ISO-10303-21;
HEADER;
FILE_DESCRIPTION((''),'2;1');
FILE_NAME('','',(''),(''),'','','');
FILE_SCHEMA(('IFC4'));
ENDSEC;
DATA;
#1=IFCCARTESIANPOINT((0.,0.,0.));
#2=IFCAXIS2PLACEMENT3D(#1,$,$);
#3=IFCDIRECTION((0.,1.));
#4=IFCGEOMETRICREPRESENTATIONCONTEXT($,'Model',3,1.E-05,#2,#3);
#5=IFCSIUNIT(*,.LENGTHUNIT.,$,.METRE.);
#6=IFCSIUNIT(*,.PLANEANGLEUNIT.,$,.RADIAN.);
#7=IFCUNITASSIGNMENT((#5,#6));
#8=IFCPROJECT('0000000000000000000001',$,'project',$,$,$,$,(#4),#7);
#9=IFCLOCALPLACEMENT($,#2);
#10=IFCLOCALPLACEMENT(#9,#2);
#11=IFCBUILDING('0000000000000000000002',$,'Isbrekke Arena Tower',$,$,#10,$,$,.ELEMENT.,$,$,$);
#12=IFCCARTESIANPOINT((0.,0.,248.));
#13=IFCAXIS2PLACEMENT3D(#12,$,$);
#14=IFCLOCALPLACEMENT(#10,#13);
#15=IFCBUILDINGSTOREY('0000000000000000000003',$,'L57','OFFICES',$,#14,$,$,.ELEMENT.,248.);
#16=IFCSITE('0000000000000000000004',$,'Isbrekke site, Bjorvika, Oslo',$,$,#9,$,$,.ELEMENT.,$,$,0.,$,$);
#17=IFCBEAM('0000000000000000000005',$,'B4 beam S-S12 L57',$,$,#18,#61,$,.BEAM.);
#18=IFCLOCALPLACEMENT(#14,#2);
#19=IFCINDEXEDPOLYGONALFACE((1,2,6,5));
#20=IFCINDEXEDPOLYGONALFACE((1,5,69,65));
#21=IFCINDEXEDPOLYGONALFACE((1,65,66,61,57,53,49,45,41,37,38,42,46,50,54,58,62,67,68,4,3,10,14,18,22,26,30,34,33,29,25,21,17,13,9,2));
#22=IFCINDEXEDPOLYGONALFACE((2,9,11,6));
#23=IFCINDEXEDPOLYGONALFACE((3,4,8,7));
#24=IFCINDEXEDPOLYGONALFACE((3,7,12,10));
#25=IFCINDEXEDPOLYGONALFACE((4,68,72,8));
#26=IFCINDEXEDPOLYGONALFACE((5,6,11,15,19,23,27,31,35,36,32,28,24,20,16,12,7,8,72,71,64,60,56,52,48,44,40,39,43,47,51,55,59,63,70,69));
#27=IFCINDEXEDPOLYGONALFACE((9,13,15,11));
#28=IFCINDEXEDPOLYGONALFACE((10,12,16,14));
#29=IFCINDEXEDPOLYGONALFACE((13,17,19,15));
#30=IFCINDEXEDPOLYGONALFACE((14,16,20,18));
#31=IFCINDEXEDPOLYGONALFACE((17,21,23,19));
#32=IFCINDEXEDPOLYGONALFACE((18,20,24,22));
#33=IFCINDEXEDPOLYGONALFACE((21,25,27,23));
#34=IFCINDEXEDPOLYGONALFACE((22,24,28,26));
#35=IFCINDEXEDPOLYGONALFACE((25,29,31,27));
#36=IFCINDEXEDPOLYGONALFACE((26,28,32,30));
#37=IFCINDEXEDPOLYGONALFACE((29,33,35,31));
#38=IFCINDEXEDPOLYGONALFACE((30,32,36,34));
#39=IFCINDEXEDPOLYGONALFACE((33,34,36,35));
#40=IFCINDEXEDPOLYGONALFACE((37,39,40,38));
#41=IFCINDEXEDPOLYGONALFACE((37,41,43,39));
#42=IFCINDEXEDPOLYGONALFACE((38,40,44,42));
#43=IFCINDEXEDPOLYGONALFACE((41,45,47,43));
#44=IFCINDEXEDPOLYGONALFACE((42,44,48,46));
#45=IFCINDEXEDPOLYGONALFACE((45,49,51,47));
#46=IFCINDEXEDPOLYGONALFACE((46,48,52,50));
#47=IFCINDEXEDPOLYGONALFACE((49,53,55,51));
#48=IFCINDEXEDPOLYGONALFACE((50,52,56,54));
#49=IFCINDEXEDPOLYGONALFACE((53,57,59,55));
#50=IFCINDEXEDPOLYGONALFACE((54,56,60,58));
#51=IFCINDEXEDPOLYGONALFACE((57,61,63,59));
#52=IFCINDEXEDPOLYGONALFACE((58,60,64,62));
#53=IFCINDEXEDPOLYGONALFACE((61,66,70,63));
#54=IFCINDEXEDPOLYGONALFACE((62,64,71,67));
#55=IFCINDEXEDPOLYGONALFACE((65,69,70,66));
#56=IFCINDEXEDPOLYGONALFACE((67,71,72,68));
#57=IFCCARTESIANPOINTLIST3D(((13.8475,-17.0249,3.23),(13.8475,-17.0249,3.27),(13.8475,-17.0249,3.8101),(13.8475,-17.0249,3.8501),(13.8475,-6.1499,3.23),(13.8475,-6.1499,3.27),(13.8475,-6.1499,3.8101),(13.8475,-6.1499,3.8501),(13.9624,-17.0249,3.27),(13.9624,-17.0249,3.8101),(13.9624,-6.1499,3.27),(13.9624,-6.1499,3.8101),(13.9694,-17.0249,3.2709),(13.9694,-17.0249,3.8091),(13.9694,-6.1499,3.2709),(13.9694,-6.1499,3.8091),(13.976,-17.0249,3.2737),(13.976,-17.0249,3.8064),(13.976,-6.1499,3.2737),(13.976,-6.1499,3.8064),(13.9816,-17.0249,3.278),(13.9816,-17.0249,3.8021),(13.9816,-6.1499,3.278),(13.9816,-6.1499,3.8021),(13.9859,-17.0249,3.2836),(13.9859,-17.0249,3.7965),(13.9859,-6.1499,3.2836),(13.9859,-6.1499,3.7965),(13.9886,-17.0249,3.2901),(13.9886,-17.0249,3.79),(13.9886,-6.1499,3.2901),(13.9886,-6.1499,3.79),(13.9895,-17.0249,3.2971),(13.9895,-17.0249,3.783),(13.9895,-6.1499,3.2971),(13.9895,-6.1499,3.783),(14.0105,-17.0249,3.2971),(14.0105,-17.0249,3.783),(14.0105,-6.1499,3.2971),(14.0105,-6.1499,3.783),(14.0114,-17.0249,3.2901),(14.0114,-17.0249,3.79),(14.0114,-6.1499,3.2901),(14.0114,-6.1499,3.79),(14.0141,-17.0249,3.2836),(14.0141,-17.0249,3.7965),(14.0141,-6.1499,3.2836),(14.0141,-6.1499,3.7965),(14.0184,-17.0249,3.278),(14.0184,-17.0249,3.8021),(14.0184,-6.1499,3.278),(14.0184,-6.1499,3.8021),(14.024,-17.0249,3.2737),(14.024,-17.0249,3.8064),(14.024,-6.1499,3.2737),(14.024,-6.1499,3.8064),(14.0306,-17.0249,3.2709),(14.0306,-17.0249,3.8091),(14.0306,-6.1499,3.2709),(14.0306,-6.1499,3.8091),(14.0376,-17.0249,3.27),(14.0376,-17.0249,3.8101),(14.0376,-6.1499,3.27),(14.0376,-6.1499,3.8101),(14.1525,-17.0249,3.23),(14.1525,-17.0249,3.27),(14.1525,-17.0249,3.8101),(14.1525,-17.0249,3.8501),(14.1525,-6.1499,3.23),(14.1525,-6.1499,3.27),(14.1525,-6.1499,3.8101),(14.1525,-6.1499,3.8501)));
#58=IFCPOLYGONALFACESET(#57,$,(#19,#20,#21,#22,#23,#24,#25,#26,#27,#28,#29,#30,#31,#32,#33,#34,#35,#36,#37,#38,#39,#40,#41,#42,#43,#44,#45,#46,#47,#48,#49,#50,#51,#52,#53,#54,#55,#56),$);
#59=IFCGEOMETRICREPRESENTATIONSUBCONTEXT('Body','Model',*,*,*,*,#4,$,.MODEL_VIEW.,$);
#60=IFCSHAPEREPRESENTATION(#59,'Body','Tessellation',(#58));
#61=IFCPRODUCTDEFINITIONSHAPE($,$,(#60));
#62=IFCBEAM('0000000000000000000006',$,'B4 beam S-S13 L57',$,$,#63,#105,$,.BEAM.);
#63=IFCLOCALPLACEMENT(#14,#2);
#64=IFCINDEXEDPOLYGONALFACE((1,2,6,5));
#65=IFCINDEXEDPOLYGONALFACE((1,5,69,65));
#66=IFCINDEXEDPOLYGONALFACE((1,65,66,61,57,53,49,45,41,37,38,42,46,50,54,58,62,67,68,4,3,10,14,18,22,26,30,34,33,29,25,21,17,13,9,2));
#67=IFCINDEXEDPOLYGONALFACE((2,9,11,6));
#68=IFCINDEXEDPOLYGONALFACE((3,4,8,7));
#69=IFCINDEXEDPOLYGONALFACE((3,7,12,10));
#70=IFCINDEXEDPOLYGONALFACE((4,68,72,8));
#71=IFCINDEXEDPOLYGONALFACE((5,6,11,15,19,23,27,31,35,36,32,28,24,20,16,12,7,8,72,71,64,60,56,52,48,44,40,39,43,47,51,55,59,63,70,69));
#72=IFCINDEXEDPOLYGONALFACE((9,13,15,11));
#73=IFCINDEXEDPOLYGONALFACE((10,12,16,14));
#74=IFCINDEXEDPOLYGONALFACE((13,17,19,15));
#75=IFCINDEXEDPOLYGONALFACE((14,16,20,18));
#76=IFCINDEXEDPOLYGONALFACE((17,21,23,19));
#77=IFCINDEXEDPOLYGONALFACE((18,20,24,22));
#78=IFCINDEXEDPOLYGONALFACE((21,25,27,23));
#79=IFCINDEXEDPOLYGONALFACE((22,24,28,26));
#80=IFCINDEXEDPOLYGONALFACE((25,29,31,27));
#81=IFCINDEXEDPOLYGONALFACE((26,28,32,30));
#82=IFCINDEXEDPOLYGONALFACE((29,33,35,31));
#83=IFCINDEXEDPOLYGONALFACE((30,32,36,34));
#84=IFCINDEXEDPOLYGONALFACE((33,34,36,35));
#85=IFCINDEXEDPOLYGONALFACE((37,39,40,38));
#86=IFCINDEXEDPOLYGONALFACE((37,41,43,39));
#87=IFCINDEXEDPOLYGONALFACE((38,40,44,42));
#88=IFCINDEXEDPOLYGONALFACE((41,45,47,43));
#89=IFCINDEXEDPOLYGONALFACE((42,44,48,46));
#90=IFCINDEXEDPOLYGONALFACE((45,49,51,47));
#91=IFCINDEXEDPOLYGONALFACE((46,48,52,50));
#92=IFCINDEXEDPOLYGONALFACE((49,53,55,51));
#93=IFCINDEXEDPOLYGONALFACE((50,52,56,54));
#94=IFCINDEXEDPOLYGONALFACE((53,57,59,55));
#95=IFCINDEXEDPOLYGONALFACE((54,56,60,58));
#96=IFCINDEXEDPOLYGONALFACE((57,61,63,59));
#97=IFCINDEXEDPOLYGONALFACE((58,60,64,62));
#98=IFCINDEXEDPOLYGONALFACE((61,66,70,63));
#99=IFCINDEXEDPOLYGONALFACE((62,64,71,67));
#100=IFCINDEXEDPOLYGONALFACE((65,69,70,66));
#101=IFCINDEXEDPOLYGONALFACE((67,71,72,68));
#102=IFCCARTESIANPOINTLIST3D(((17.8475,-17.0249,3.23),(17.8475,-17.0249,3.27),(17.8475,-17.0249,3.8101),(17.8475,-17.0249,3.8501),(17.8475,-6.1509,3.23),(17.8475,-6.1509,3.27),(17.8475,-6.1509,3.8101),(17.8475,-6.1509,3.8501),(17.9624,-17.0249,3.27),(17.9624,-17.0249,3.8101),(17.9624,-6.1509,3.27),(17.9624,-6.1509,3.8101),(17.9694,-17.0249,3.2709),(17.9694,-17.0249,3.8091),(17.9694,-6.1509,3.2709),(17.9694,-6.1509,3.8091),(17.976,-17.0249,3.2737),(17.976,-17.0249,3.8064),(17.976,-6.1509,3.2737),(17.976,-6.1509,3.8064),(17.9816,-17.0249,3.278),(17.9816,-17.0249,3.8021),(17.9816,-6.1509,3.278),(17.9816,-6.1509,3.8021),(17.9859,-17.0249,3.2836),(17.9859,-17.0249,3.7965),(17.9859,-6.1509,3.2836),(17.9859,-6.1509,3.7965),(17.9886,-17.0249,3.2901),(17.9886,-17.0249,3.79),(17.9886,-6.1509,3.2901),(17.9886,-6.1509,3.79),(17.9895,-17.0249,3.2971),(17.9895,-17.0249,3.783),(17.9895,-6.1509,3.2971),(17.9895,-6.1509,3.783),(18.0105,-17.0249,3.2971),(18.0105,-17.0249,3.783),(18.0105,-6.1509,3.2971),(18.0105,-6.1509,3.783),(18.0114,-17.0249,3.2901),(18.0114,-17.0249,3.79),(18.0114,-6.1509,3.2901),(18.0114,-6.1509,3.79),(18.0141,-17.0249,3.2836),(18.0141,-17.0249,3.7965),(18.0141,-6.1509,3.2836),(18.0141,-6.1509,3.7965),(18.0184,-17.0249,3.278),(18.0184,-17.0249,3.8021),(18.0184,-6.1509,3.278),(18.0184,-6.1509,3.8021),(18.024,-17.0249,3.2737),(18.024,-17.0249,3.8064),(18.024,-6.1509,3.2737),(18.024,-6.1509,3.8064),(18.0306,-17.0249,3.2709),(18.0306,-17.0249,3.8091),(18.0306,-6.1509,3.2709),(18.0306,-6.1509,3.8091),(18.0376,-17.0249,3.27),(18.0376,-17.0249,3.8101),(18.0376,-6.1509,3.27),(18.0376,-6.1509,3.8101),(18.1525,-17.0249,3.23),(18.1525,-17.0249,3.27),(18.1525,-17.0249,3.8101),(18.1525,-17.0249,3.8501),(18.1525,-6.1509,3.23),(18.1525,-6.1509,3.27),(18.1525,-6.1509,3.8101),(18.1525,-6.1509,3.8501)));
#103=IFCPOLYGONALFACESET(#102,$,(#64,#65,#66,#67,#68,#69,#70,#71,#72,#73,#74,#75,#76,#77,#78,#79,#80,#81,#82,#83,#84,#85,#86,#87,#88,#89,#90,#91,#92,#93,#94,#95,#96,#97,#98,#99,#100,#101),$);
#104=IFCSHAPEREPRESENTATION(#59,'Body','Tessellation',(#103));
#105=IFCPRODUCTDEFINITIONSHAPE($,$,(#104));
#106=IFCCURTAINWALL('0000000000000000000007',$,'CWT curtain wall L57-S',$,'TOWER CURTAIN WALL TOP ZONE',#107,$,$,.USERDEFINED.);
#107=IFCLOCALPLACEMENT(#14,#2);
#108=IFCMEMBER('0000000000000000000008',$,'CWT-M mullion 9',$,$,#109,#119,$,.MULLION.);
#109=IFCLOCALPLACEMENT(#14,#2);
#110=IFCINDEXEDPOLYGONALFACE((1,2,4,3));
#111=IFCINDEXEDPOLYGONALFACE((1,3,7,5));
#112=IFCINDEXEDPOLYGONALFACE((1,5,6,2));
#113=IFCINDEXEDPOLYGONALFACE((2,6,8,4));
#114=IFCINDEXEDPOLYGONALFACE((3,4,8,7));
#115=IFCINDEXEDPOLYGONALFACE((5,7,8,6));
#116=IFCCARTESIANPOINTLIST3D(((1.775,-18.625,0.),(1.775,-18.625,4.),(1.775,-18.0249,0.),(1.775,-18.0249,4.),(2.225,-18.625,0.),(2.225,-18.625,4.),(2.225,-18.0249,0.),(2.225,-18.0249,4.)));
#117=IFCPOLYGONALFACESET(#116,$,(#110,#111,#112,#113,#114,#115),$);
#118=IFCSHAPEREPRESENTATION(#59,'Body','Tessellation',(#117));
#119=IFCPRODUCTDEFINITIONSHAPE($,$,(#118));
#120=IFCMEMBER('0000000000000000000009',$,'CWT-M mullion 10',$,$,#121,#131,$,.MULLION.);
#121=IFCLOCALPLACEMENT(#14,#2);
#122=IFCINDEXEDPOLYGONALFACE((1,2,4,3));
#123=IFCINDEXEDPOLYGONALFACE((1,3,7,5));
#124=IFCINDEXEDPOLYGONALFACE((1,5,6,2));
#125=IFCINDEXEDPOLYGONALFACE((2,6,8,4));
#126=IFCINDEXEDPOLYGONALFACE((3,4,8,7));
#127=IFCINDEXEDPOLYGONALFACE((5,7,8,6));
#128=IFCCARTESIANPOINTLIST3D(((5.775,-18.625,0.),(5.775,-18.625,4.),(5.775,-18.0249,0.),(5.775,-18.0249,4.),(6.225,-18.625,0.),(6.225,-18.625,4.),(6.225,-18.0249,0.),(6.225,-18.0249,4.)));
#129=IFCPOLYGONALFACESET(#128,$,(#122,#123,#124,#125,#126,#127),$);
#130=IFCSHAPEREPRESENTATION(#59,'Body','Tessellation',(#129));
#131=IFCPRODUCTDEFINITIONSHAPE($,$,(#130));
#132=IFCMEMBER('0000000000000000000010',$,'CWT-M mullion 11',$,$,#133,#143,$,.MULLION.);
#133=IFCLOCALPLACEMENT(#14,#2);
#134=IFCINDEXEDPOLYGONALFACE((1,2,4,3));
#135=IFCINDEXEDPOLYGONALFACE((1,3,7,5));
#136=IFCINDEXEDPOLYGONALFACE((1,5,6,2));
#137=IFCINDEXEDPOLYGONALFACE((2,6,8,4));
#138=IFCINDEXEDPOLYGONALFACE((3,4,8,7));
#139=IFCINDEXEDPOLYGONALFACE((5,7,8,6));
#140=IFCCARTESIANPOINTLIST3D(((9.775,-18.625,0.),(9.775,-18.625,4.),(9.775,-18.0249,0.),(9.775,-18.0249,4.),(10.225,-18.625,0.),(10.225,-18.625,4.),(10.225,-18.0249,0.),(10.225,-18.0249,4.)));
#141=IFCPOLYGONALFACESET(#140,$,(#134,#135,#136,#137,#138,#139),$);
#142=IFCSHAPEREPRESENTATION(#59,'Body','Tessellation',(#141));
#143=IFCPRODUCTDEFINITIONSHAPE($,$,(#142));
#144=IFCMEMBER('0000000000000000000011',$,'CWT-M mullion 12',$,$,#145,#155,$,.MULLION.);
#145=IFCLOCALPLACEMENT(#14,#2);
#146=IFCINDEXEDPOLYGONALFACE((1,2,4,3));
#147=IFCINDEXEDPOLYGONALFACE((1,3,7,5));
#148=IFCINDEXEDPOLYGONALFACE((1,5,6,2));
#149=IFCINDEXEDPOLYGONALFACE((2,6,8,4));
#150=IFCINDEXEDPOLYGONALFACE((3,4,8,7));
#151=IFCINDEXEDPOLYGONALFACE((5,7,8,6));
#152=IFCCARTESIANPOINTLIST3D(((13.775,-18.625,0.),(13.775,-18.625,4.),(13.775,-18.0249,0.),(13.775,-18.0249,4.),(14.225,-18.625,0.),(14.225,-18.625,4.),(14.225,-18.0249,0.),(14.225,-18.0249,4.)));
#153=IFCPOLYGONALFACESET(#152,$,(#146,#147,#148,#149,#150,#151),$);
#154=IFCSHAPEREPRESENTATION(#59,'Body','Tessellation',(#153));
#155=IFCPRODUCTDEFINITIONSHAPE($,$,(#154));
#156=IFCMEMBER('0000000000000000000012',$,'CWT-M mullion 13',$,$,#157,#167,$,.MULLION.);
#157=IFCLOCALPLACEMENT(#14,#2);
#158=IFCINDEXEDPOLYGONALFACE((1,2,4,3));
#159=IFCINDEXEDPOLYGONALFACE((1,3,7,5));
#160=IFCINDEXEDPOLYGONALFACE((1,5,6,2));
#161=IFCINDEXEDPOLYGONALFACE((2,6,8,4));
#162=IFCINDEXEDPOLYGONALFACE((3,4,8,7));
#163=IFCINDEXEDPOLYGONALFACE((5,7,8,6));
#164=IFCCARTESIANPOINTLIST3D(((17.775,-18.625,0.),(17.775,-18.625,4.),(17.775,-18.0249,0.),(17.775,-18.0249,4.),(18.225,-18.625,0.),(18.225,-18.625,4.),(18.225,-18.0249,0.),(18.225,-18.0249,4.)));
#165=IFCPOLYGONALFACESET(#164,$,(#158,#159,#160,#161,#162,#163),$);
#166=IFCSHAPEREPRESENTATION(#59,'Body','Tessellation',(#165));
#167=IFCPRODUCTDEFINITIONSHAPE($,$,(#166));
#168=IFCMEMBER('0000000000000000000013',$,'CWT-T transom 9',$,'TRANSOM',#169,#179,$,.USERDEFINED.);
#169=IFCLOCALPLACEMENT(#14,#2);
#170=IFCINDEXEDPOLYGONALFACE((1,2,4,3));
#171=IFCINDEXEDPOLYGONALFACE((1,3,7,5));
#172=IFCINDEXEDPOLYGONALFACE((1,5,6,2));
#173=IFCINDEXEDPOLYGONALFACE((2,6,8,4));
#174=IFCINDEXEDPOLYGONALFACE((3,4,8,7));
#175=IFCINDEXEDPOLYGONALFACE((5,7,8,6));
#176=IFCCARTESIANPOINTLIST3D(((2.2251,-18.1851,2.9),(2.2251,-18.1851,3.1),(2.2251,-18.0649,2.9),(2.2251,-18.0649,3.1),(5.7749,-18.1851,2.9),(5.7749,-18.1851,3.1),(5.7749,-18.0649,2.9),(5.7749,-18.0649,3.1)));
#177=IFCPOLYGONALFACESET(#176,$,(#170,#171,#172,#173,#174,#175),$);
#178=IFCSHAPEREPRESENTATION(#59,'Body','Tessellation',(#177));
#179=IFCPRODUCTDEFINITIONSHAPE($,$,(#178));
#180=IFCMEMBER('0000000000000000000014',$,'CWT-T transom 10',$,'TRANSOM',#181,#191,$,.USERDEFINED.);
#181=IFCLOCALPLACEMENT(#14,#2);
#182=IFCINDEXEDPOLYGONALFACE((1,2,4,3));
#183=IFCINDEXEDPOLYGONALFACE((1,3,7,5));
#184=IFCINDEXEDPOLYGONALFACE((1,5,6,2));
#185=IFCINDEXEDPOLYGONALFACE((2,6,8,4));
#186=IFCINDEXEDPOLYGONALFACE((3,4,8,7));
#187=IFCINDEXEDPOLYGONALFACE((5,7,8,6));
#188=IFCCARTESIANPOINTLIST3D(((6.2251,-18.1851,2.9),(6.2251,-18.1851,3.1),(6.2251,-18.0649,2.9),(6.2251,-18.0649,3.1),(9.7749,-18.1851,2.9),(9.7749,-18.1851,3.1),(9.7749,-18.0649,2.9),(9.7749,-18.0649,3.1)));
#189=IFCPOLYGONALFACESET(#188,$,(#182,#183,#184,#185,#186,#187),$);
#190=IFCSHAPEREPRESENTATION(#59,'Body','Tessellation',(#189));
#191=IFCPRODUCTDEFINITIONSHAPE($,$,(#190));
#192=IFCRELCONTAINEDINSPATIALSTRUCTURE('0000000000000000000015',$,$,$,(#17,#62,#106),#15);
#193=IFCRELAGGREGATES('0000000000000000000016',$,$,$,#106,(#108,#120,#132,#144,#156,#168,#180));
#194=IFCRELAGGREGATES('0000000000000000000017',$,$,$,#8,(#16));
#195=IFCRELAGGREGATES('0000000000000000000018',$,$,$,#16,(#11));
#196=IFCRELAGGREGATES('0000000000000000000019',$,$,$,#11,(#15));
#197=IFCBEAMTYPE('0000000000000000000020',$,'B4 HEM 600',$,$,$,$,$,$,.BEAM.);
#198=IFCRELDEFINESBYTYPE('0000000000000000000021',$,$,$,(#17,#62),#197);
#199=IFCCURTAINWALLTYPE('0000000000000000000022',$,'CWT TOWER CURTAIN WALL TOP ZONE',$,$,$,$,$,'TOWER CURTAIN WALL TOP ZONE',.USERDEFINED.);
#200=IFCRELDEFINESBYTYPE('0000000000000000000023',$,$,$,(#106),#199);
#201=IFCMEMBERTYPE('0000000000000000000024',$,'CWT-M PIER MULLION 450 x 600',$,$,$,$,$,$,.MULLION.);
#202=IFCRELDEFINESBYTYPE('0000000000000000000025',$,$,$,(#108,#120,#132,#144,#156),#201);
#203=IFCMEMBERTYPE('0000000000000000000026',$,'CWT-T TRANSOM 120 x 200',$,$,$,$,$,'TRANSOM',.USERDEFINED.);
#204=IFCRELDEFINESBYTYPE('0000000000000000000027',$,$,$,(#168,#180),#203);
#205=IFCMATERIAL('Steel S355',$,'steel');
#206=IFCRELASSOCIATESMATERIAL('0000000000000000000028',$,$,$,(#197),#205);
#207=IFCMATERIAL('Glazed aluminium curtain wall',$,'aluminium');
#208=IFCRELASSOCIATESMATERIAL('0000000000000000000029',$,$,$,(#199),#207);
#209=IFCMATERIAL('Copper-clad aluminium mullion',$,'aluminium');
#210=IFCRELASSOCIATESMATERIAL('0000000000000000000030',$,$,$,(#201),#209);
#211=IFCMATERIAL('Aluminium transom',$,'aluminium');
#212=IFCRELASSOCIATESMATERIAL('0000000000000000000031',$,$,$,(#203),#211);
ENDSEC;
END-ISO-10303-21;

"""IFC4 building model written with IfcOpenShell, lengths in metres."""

from ifc_helpers import new_model, si_unit, direction, frame, origin, origin_2d, place, context, subcontext, project, spatial, rectangle, i_section, extrude, material, material_profile, profile_set, type_object, element, aggregate, save


model = new_model("IFC4")

# Units and contexts
model_context = context("Model", 3, precision=1e-05, world=origin(), true_north=direction((0.0, 1.0)))
body_context = subcontext(model_context, "Body", "Model", "MODEL_VIEW")
ifc_project = project(units=[si_unit("LENGTHUNIT", "METRE"), si_unit("PLANEANGLEUNIT", "RADIAN")], contexts=[model_context])

# Site, building, storey
site_placement = place(None, origin())
site = spatial("IfcSite", under=ifc_project, at=site_placement, Name="Isbrekke site, Bjorvika, Oslo", CompositionType="ELEMENT", RefElevation=0.0)
building_placement = place(site_placement, origin())
building = spatial("IfcBuilding", under=site, at=building_placement, Name="Isbrekke Arena Tower", CompositionType="ELEMENT")
storey_placement = place(building_placement, frame((0.0, 0.0, 248.0)))
storey = spatial("IfcBuildingStorey", under=building, at=storey_placement, Name="L57", Description="OFFICES", CompositionType="ELEMENT", Elevation=248.0)

# Beams
ifc_material_1 = material(Name="Steel S355", Category="steel")
ifc_material_profile_1 = material_profile(ifc_material_1, i_section(OverallWidth=0.3049, OverallDepth=0.6201, WebThickness=0.021, FlangeThickness=0.04, FilletRadius=0.0271, at=origin_2d()), Name="HEM 600")
ifc_profile_set_1 = profile_set([ifc_material_profile_1], Name="Steel S355")
beam_type_1 = type_object("IfcBeamType", Name="B4 HEM 600", PredefinedType="BEAM", material=ifc_profile_set_1)
beam_1_placement = place(storey_placement, frame((14.0, -17.0249, 3.54), z_axis=(0.0, 1.0, 0.0), x_axis=(-1.0, 0.0, 0.0)))
element("IfcBeam", 1, at=beam_1_placement, inside=storey, type_object=beam_type_1, Name="B4 beam S-S12 L57", PredefinedType="BEAM", context=body_context, shape_type="SweptSolid", body=[
    extrude(i_section(OverallWidth=0.3049, OverallDepth=0.6201, WebThickness=0.021, FlangeThickness=0.04, FilletRadius=0.0271, at=origin_2d()), origin(), (0.0, 0.0, 1.0), 10.875),
])
beam_2_placement = place(storey_placement, frame((18.0, -17.0249, 3.54), z_axis=(0.0, 1.0, 0.0), x_axis=(-1.0, 0.0, 0.0)))
element("IfcBeam", 2, at=beam_2_placement, inside=storey, type_object=beam_type_1, Name="B4 beam S-S13 L57", PredefinedType="BEAM", context=body_context, shape_type="SweptSolid", body=[
    extrude(i_section(OverallWidth=0.3049, OverallDepth=0.6201, WebThickness=0.021, FlangeThickness=0.04, FilletRadius=0.0271, at=origin_2d()), origin(), (0.0, 0.0, 1.0), 10.874),
])

# Curtain wall, members
ifc_material_2 = material(Name="Glazed aluminium curtain wall", Category="aluminium")
curtain_wall_type = type_object("IfcCurtainWallType", Name="CWT TOWER CURTAIN WALL TOP ZONE", ElementType="TOWER CURTAIN WALL TOP ZONE", PredefinedType="USERDEFINED", material=ifc_material_2)
curtain_wall_placement = place(storey_placement, origin())
curtain_wall = element("IfcCurtainWall", 3, at=curtain_wall_placement, inside=storey, type_object=curtain_wall_type, Name="CWT curtain wall L57-S", ObjectType="TOWER CURTAIN WALL TOP ZONE", PredefinedType="USERDEFINED")
ifc_material_3 = material(Name="Copper-clad aluminium mullion", Category="aluminium")
ifc_material_profile_2 = material_profile(ifc_material_3, rectangle(XDim=0.45, YDim=0.6001, at=origin_2d()), Name="PIER 450X600")
ifc_profile_set_2 = profile_set([ifc_material_profile_2], Name="Copper-clad aluminium mullion")
member_type_1 = type_object("IfcMemberType", Name="CWT-M PIER MULLION 450 x 600", PredefinedType="MULLION", material=ifc_profile_set_2)
member_1_placement = place(storey_placement, frame((2.0, -18.325, 0.0), z_axis=(0.0, 0.0, 1.0), x_axis=(1.0, 0.0, 0.0)))
member_1 = element("IfcMember", 4, at=member_1_placement, type_object=member_type_1, Name="CWT-M mullion 9", PredefinedType="MULLION", context=body_context, shape_type="SweptSolid", body=[
    extrude(rectangle(XDim=0.45, YDim=0.6001, at=origin_2d()), origin(), (0.0, 0.0, 1.0), 4.0),
])
member_2_placement = place(storey_placement, frame((6.0, -18.325, 0.0), z_axis=(0.0, 0.0, 1.0), x_axis=(1.0, 0.0, 0.0)))
member_2 = element("IfcMember", 5, at=member_2_placement, type_object=member_type_1, Name="CWT-M mullion 10", PredefinedType="MULLION", context=body_context, shape_type="SweptSolid", body=[
    extrude(rectangle(XDim=0.45, YDim=0.6001, at=origin_2d()), origin(), (0.0, 0.0, 1.0), 4.0),
])
member_3_placement = place(storey_placement, frame((10.0, -18.325, 0.0), z_axis=(0.0, 0.0, 1.0), x_axis=(1.0, 0.0, 0.0)))
member_3 = element("IfcMember", 6, at=member_3_placement, type_object=member_type_1, Name="CWT-M mullion 11", PredefinedType="MULLION", context=body_context, shape_type="SweptSolid", body=[
    extrude(rectangle(XDim=0.45, YDim=0.6001, at=origin_2d()), origin(), (0.0, 0.0, 1.0), 4.0),
])
member_4_placement = place(storey_placement, frame((14.0, -18.325, 0.0), z_axis=(0.0, 0.0, 1.0), x_axis=(1.0, 0.0, 0.0)))
member_4 = element("IfcMember", 7, at=member_4_placement, type_object=member_type_1, Name="CWT-M mullion 12", PredefinedType="MULLION", context=body_context, shape_type="SweptSolid", body=[
    extrude(rectangle(XDim=0.45, YDim=0.6001, at=origin_2d()), origin(), (0.0, 0.0, 1.0), 4.0),
])
member_5_placement = place(storey_placement, frame((18.0, -18.325, 0.0), z_axis=(0.0, 0.0, 1.0), x_axis=(1.0, 0.0, 0.0)))
member_5 = element("IfcMember", 8, at=member_5_placement, type_object=member_type_1, Name="CWT-M mullion 13", PredefinedType="MULLION", context=body_context, shape_type="SweptSolid", body=[
    extrude(rectangle(XDim=0.45, YDim=0.6001, at=origin_2d()), origin(), (0.0, 0.0, 1.0), 4.0),
])
ifc_material_4 = material(Name="Aluminium transom", Category="aluminium")
ifc_material_profile_3 = material_profile(ifc_material_4, rectangle(XDim=0.1201, YDim=0.2, at=origin_2d()), Name="TRANSOM 120X200")
ifc_profile_set_3 = profile_set([ifc_material_profile_3], Name="Aluminium transom")
member_type_2 = type_object("IfcMemberType", Name="CWT-T TRANSOM 120 x 200", ElementType="TRANSOM", PredefinedType="USERDEFINED", material=ifc_profile_set_3)
member_6_placement = place(storey_placement, frame((2.2251, -18.125, 3.0), z_axis=(1.0, 0.0, 0.0), x_axis=(0.0, 1.0, 0.0)))
member_6 = element("IfcMember", 9, at=member_6_placement, type_object=member_type_2, Name="CWT-T transom 9", ObjectType="TRANSOM", PredefinedType="USERDEFINED", context=body_context, shape_type="SweptSolid", body=[
    extrude(rectangle(XDim=0.1201, YDim=0.2, at=origin_2d()), origin(), (0.0, 0.0, 1.0), 3.5498),
])
member_7_placement = place(storey_placement, frame((6.2251, -18.125, 3.0), z_axis=(1.0, 0.0, 0.0), x_axis=(0.0, 1.0, 0.0)))
member_7 = element("IfcMember", 10, at=member_7_placement, type_object=member_type_2, Name="CWT-T transom 10", ObjectType="TRANSOM", PredefinedType="USERDEFINED", context=body_context, shape_type="SweptSolid", body=[
    extrude(rectangle(XDim=0.1201, YDim=0.2, at=origin_2d()), origin(), (0.0, 0.0, 1.0), 3.5498),
])

aggregate(curtain_wall, [member_1, member_2, member_3, member_4, member_5, member_6, member_7])

save(model, "model.ifc")
